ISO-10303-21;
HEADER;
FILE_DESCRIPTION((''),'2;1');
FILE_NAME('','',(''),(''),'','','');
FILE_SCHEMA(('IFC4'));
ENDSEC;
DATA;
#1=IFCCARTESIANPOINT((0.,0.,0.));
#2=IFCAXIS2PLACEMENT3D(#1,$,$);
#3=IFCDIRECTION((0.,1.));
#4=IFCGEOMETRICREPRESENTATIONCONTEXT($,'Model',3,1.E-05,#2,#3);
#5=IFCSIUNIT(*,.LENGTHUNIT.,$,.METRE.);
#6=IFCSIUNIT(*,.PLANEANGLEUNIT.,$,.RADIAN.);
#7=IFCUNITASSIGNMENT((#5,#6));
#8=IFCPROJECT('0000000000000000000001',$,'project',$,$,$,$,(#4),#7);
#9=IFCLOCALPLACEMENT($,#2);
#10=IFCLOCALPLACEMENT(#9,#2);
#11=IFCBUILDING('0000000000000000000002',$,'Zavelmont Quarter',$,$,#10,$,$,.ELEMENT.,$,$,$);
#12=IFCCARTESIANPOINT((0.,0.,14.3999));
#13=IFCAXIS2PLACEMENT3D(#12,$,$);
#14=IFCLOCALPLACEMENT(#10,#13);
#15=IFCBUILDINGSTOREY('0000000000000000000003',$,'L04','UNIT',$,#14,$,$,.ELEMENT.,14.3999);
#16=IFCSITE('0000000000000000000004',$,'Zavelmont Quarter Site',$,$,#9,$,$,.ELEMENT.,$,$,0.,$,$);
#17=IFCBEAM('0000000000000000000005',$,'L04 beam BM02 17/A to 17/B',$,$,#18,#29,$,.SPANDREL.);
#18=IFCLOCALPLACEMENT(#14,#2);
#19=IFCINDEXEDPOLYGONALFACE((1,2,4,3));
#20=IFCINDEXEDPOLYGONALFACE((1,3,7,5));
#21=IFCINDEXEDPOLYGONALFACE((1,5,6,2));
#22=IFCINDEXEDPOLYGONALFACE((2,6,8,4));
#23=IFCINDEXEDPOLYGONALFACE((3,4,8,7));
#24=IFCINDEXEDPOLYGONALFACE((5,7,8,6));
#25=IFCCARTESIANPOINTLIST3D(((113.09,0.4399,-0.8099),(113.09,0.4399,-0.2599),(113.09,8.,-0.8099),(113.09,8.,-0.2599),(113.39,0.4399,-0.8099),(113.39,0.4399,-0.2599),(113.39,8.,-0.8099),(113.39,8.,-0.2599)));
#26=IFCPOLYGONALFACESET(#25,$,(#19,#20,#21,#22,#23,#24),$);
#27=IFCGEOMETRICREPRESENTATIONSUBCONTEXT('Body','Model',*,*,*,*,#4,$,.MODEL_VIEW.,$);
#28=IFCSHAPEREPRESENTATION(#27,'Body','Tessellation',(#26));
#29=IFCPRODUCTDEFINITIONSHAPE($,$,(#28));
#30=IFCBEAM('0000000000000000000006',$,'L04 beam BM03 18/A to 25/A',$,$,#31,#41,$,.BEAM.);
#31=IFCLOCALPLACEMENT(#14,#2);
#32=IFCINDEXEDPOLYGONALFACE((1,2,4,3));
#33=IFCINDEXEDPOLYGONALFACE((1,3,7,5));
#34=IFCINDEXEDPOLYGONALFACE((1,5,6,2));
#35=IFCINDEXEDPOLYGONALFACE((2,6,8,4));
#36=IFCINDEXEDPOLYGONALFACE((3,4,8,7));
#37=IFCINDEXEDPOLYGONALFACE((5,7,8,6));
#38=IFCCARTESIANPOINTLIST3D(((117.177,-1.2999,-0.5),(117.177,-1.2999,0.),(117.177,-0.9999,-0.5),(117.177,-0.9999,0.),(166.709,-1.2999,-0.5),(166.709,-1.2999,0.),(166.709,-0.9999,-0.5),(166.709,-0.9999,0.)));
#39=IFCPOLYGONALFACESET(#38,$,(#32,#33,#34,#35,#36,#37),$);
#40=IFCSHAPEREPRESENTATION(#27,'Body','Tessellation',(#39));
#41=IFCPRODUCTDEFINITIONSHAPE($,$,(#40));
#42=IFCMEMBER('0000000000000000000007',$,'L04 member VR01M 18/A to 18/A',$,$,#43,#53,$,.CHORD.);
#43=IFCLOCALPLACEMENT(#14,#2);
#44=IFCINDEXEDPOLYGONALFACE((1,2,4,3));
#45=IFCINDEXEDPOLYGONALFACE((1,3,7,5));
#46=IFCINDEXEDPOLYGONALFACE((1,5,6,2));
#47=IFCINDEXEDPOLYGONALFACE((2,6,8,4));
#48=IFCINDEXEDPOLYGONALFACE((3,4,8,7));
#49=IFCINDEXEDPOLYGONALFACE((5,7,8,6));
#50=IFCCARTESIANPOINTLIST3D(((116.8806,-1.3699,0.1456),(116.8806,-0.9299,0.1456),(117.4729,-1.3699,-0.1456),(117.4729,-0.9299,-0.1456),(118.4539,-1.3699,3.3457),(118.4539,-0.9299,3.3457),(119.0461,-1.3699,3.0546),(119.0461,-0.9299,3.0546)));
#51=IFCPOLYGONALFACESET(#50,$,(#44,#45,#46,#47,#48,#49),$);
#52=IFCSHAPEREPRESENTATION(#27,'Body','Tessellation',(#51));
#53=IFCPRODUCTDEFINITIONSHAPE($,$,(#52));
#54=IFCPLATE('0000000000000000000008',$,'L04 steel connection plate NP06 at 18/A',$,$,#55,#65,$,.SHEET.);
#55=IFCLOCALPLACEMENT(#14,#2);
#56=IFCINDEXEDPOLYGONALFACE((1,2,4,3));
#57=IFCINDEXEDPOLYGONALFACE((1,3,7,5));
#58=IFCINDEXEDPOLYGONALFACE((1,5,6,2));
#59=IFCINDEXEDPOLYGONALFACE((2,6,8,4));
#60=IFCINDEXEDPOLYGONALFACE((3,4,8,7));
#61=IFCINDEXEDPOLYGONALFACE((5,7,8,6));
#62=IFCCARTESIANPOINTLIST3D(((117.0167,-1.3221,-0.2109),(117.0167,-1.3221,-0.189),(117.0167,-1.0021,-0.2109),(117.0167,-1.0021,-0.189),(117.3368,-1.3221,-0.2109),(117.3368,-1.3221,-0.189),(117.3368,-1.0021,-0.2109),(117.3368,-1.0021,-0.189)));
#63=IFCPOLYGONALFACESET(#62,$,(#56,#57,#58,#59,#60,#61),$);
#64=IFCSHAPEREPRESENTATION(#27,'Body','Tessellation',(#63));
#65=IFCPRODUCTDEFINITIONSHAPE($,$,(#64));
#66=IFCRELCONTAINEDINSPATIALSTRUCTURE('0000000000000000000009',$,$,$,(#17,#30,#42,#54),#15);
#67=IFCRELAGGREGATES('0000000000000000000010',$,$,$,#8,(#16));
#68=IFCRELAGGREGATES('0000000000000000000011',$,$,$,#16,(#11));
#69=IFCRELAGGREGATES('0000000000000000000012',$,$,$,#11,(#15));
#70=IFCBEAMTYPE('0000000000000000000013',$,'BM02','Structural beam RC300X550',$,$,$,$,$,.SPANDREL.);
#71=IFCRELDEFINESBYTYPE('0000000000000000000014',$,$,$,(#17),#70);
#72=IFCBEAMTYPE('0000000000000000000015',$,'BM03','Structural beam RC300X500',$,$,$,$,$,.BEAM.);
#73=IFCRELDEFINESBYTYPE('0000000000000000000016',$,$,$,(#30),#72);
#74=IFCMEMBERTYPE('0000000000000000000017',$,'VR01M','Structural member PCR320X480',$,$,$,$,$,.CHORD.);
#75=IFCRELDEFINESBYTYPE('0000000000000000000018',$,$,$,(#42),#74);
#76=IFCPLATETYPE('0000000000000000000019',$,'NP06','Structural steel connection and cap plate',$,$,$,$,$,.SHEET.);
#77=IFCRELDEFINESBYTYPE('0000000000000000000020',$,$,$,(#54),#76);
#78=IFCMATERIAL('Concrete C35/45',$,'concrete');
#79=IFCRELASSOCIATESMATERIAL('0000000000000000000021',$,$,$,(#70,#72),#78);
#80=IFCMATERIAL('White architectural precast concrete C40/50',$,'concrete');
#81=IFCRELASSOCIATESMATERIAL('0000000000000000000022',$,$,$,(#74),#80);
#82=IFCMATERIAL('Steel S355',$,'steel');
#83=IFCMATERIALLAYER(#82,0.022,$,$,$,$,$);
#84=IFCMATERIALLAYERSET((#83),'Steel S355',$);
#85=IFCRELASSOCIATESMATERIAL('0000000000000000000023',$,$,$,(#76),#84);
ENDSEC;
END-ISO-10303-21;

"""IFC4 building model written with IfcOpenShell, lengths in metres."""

from ifc_helpers import new_model, si_unit, direction, frame, origin, origin_2d, place, context, subcontext, project, spatial, rectangle, extrude, material, layer, layer_set, material_profile, profile_set, type_object, element, save


model = new_model("IFC4")

# Units and contexts
model_context = context("Model", 3, precision=1e-05, world=origin(), true_north=direction((0.0, 1.0)))
body_context = subcontext(model_context, "Body", "Model", "MODEL_VIEW")
ifc_project = project(units=[si_unit("LENGTHUNIT", "METRE"), si_unit("PLANEANGLEUNIT", "RADIAN")], contexts=[model_context])

# Site, building, storey
site_placement = place(None, origin())
site = spatial("IfcSite", under=ifc_project, at=site_placement, Name="Zavelmont Quarter Site", CompositionType="ELEMENT", RefElevation=0.0)
building_placement = place(site_placement, origin())
building = spatial("IfcBuilding", under=site, at=building_placement, Name="Zavelmont Quarter", CompositionType="ELEMENT")
storey_placement = place(building_placement, frame((0.0, 0.0, 14.3999)))
storey = spatial("IfcBuildingStorey", under=building, at=storey_placement, Name="L04", Description="UNIT", CompositionType="ELEMENT", Elevation=14.3999)

# Beams
ifc_material_1 = material(Name="Concrete C35/45", Category="concrete")
ifc_material_profile_1 = material_profile(ifc_material_1, rectangle(XDim=0.3, YDim=0.55, at=origin_2d()), Name="RC300X550")
ifc_profile_set_1 = profile_set([ifc_material_profile_1], Name="Concrete C35/45")
beam_type_1 = type_object("IfcBeamType", Name="BM02", Description="Structural beam RC300X550", PredefinedType="SPANDREL", material=ifc_profile_set_1)
beam_1_placement = place(storey_placement, frame((113.24, 0.4399, -0.5349), z_axis=(0.0, 1.0, 0.0), x_axis=(-1.0, 0.0, 0.0)))
element("IfcBeam", 1, at=beam_1_placement, inside=storey, type_object=beam_type_1, Name="L04 beam BM02 17/A to 17/B", PredefinedType="SPANDREL", context=body_context, shape_type="SweptSolid", body=[
    extrude(rectangle(XDim=0.3, YDim=0.55, at=origin_2d()), origin(), (0.0, 0.0, 1.0), 7.5601),
])
ifc_material_profile_2 = material_profile(ifc_material_1, rectangle(XDim=0.3, YDim=0.5, at=origin_2d()), Name="RC300X500")
ifc_profile_set_2 = profile_set([ifc_material_profile_2], Name="Concrete C35/45")
beam_type_2 = type_object("IfcBeamType", Name="BM03", Description="Structural beam RC300X500", PredefinedType="BEAM", material=ifc_profile_set_2)
beam_2_placement = place(storey_placement, frame((117.177, -1.1499, -0.25), z_axis=(1.0, 0.0, 0.0), x_axis=(0.0, 1.0, 0.0)))
element("IfcBeam", 2, at=beam_2_placement, inside=storey, type_object=beam_type_2, Name="L04 beam BM03 18/A to 25/A", PredefinedType="BEAM", context=body_context, shape_type="SweptSolid", body=[
    extrude(rectangle(XDim=0.3, YDim=0.5, at=origin_2d()), origin(), (0.0, 0.0, 1.0), 49.532),
])

# Member
ifc_material_2 = material(Name="White architectural precast concrete C40/50", Category="concrete")
ifc_material_profile_3 = material_profile(ifc_material_2, rectangle(XDim=0.4399, YDim=0.6599, at=origin_2d()), Name="PCR320X480")
ifc_profile_set_3 = profile_set([ifc_material_profile_3], Name="White architectural precast concrete C40/50")
member_type = type_object("IfcMemberType", Name="VR01M", Description="Structural member PCR320X480", PredefinedType="CHORD", material=ifc_profile_set_3)
member_placement = place(storey_placement, frame((117.1768, -1.1499, 0.0), z_axis=(0.441179, 0.0, 0.897419), x_axis=(0.0, 1.0, 0.0)))
element("IfcMember", 3, at=member_placement, inside=storey, type_object=member_type, Name="L04 member VR01M 18/A to 18/A", PredefinedType="CHORD", context=body_context, shape_type="SweptSolid", body=[
    extrude(rectangle(XDim=0.4399, YDim=0.6599, at=origin_2d()), origin(), (0.0, 0.0, 1.0), 3.5659),
])

# Plate
ifc_material_3 = material(Name="Steel S355", Category="steel")
ifc_layer = layer(ifc_material_3, 0.022)
ifc_layer_set = layer_set([ifc_layer], Name="Steel S355")
plate_type = type_object("IfcPlateType", Name="NP06", Description="Structural steel connection and cap plate", PredefinedType="SHEET", material=ifc_layer_set)
plate_placement = place(storey_placement, frame((117.1768, -1.1621, -0.2109), z_axis=(0.0, 0.0, 1.0), x_axis=(1.0, 0.0, 0.0)))
element("IfcPlate", 4, at=plate_placement, inside=storey, type_object=plate_type, Name="L04 steel connection plate NP06 at 18/A", PredefinedType="SHEET", context=body_context, shape_type="SweptSolid", body=[
    extrude(rectangle(XDim=0.3201, YDim=0.3201, at=origin_2d()), origin(), (0.0, 0.0, 1.0), 0.022),
])

save(model, "model.ifc")
